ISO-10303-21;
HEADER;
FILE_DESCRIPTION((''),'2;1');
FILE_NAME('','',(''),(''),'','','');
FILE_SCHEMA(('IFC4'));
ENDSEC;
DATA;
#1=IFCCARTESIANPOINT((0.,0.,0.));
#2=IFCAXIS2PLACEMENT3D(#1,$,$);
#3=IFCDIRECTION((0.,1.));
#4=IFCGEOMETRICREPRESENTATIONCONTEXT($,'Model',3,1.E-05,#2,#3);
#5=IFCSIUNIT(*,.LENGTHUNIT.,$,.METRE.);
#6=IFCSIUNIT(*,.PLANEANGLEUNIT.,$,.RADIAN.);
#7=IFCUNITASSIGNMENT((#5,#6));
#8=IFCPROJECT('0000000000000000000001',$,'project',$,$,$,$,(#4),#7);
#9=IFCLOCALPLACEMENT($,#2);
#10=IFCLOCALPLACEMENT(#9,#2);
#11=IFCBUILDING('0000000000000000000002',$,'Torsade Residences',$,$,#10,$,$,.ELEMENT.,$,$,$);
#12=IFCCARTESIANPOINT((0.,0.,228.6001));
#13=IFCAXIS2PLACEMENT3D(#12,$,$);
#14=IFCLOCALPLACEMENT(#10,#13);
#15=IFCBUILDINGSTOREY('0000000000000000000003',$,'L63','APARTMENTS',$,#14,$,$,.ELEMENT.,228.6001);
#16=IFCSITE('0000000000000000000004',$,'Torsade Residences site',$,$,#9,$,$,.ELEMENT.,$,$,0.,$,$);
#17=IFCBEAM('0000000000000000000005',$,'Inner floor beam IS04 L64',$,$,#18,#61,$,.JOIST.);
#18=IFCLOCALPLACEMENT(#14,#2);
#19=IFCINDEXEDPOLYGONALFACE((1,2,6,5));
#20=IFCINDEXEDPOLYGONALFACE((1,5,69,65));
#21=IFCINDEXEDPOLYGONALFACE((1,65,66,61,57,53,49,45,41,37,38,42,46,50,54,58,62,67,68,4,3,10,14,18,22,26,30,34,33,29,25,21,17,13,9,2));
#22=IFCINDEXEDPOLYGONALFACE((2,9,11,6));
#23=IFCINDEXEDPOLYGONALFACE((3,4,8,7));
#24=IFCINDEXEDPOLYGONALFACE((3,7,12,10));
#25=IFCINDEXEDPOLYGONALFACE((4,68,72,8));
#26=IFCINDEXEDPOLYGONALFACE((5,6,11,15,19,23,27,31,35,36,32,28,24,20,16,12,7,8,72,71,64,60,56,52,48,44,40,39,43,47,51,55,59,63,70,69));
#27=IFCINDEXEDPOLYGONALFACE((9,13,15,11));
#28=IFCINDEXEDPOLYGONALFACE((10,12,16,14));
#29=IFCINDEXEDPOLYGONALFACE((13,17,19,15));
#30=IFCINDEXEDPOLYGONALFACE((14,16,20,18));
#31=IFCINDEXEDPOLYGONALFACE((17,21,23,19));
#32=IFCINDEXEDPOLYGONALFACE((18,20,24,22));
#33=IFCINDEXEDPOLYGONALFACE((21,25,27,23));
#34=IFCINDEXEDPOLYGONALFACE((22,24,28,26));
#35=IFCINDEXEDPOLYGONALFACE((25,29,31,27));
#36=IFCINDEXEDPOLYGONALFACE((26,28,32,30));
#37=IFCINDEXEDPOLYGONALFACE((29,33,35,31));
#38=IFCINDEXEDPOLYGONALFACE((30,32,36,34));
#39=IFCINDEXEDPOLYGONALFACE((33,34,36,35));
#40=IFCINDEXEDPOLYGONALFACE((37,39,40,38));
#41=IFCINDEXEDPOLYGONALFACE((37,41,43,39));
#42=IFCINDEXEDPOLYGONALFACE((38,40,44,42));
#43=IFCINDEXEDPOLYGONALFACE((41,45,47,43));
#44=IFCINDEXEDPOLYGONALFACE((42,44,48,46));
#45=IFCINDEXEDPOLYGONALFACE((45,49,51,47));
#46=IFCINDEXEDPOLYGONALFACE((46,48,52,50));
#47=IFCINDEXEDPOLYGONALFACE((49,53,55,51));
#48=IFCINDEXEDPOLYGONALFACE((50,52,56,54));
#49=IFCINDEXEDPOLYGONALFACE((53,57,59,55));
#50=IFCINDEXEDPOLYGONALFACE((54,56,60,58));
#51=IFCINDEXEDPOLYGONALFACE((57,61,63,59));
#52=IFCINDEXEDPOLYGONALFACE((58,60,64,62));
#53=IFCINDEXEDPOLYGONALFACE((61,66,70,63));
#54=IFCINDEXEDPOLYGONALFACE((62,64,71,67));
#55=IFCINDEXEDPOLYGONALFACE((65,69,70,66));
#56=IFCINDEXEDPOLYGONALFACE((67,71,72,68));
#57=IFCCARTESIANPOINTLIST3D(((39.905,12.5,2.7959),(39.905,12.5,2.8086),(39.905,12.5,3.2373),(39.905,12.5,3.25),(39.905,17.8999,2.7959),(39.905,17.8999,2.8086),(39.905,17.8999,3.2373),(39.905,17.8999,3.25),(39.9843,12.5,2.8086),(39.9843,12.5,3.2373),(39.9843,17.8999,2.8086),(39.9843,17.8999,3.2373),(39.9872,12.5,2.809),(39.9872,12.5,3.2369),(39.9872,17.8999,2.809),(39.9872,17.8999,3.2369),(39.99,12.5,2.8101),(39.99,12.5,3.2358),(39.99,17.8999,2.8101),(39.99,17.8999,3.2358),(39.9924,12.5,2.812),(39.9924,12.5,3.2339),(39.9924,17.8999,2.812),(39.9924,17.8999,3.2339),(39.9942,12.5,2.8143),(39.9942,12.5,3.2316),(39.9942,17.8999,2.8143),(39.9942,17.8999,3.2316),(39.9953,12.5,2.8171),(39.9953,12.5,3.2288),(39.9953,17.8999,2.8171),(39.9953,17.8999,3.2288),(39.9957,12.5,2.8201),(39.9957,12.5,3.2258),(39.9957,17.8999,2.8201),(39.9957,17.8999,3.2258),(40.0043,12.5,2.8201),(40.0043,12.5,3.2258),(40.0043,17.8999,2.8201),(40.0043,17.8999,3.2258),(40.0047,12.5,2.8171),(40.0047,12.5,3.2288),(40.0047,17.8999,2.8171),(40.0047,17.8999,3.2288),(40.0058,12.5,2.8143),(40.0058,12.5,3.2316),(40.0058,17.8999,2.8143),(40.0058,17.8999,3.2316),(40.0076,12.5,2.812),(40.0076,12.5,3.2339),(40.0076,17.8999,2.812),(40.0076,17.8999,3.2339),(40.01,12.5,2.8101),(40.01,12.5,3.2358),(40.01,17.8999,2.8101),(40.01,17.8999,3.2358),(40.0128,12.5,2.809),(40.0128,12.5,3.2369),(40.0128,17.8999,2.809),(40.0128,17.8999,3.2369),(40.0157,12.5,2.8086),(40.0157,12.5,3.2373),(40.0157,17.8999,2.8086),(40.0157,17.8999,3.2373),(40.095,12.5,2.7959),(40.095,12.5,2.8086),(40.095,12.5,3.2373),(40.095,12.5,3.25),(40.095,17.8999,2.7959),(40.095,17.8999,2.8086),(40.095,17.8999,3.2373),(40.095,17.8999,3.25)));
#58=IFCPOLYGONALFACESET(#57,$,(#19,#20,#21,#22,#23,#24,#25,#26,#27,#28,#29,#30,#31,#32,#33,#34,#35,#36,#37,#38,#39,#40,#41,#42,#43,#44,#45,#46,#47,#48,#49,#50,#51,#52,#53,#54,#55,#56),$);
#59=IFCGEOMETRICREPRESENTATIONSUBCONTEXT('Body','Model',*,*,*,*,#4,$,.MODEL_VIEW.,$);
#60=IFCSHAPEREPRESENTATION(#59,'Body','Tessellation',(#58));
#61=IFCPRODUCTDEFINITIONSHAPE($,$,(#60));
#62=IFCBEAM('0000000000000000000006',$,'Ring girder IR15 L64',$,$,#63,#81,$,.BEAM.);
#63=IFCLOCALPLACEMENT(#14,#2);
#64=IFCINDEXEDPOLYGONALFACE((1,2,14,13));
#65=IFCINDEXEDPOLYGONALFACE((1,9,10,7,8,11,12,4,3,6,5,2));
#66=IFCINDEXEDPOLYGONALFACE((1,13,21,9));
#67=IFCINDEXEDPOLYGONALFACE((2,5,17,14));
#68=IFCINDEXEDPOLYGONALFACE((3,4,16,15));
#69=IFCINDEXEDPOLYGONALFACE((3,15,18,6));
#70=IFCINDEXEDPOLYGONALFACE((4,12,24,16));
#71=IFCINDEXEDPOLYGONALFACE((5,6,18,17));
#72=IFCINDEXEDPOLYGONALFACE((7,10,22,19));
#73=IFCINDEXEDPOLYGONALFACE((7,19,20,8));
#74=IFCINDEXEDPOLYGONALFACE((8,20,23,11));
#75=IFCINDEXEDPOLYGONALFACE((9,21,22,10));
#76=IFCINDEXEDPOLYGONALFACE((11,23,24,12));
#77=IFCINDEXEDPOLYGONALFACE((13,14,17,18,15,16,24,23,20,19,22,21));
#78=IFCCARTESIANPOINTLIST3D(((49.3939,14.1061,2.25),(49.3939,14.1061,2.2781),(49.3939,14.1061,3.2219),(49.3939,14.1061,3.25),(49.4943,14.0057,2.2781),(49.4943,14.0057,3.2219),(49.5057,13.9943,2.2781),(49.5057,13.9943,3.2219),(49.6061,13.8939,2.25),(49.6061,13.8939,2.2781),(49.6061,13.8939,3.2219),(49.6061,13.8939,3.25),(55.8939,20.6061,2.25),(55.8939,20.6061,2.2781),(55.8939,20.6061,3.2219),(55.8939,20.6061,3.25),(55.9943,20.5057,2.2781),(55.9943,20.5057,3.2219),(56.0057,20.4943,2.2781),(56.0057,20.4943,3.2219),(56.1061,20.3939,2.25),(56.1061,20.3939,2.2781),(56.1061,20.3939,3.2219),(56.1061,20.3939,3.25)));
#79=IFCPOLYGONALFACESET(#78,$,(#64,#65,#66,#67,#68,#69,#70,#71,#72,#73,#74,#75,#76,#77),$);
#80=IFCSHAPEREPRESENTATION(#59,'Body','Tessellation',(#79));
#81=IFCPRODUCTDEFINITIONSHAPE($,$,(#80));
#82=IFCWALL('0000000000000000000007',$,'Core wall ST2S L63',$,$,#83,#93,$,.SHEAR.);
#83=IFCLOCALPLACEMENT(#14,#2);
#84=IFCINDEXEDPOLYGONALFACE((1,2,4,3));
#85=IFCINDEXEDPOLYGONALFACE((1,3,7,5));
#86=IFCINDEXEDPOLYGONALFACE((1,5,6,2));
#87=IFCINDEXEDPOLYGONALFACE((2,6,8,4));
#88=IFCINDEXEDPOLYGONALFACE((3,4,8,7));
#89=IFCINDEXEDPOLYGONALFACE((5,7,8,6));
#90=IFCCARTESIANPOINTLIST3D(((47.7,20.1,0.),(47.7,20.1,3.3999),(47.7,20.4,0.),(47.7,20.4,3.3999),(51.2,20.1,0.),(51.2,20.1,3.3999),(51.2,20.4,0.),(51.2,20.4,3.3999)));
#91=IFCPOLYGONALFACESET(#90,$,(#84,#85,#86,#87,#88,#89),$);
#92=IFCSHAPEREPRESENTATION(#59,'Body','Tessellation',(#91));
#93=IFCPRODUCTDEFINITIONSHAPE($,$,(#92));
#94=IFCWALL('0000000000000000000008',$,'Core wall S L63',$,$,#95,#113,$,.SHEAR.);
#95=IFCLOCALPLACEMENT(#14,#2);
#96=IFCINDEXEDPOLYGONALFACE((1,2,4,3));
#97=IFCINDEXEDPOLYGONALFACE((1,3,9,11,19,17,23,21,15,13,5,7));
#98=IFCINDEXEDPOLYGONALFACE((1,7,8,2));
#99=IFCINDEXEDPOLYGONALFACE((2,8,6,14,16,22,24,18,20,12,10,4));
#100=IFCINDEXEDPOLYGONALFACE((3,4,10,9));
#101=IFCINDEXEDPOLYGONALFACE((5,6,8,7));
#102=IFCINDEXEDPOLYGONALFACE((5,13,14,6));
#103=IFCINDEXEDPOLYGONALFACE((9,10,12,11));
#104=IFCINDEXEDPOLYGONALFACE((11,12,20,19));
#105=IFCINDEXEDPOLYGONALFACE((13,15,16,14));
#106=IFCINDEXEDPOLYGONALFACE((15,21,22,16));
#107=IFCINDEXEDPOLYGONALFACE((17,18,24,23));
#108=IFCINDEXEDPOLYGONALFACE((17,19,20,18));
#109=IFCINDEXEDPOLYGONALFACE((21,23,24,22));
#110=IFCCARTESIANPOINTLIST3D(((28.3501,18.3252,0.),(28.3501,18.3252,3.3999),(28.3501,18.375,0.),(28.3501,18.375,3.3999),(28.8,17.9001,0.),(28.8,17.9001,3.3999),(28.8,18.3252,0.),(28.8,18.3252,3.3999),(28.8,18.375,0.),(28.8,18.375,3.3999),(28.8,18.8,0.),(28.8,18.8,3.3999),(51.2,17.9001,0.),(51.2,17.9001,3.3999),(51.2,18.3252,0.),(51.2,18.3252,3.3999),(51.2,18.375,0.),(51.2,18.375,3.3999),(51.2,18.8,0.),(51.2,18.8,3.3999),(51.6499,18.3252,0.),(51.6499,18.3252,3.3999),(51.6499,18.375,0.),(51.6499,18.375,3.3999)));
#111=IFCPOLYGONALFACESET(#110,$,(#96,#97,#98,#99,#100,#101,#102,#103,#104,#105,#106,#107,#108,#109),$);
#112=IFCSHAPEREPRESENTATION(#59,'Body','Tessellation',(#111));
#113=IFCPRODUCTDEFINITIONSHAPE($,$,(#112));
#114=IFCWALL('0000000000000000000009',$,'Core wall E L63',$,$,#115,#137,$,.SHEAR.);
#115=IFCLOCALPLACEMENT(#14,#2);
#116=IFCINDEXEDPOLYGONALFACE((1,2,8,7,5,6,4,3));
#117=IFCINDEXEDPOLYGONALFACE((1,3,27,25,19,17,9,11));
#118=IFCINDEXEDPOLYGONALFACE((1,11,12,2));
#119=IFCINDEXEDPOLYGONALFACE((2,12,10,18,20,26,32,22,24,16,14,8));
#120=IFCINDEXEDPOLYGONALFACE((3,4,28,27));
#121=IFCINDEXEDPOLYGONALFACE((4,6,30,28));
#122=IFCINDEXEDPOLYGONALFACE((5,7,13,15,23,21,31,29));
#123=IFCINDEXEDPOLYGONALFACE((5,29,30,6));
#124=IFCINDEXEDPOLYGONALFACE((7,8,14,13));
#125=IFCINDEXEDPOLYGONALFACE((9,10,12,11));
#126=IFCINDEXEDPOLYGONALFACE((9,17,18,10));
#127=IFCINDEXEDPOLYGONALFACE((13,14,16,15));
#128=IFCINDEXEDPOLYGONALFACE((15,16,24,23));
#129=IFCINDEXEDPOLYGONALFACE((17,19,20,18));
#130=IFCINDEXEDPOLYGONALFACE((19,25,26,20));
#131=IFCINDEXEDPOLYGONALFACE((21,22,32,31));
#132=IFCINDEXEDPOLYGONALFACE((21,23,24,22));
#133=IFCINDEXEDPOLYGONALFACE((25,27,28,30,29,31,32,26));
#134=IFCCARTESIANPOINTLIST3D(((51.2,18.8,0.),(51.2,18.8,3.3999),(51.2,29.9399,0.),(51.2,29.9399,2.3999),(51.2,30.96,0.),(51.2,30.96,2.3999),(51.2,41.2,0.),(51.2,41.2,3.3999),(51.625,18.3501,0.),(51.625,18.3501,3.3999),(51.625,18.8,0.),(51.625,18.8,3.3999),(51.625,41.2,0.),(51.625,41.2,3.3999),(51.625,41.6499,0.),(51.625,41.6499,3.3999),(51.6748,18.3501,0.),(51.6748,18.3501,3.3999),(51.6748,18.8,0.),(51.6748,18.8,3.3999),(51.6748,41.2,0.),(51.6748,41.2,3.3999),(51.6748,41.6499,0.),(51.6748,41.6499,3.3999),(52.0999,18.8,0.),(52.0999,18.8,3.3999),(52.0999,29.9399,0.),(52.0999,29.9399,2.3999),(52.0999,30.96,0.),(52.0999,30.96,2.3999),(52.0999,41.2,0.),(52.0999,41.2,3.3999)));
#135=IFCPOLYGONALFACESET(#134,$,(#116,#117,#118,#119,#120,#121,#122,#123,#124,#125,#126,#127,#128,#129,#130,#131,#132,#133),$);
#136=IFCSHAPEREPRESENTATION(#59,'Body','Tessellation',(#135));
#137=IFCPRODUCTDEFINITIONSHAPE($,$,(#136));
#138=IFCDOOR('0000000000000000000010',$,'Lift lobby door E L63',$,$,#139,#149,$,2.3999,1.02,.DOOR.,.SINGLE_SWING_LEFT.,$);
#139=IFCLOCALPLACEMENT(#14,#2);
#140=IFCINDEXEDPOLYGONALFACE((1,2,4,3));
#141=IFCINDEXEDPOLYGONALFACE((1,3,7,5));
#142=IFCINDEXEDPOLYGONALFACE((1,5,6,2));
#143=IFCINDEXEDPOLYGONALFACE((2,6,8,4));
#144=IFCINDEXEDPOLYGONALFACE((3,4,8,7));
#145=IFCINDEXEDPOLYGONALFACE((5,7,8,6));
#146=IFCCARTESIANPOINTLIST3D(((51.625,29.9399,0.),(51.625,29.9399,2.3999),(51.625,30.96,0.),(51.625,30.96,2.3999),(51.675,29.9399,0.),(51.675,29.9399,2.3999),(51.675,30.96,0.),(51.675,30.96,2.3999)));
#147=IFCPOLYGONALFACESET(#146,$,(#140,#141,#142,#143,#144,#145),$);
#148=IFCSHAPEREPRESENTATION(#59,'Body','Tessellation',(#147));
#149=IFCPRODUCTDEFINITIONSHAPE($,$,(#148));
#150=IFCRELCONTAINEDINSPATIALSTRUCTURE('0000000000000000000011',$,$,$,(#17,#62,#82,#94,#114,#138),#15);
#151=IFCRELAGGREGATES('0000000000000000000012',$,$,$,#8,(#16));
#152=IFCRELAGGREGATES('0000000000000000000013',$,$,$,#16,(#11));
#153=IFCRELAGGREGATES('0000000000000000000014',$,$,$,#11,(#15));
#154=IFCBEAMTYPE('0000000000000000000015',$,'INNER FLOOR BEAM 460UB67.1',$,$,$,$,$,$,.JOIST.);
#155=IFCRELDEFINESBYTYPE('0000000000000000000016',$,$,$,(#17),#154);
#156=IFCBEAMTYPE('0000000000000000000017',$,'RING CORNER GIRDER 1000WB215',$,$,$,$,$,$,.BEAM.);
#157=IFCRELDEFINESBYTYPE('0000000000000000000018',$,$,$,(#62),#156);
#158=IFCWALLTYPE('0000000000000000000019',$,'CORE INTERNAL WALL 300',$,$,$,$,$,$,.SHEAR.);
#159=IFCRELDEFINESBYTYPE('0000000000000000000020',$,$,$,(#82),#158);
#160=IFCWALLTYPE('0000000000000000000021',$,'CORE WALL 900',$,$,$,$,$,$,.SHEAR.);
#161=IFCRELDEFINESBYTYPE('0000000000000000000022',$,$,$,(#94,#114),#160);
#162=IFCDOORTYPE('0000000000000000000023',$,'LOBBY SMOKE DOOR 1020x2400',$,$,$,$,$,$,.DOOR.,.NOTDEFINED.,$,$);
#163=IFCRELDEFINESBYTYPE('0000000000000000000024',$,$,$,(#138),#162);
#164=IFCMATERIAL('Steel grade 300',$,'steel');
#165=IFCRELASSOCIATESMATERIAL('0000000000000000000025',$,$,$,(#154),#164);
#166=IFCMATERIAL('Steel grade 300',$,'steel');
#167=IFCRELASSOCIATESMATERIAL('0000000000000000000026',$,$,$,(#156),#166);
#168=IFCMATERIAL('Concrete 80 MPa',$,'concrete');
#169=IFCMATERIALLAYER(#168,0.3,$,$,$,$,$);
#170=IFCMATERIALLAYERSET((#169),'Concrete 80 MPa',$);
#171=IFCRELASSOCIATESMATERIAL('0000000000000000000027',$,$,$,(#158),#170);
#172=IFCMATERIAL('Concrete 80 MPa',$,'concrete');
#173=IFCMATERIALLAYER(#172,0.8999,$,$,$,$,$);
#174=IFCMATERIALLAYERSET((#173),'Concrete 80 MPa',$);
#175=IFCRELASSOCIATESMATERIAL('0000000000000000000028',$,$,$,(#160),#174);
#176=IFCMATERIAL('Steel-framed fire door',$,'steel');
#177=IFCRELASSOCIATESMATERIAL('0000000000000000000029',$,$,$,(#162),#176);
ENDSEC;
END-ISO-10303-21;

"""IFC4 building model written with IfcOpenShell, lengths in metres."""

from ifc_helpers import new_model, si_unit, direction, frame, frame_2d, origin, origin_2d, place, context, subcontext, project, spatial, polyline, rectangle, i_section, outline, extrude, material, layer, layer_set, material_profile, profile_set, type_object, element, fill, save


model = new_model("IFC4")

# Units and contexts
model_context = context("Model", 3, precision=1e-05, world=origin(), true_north=direction((0.0, 1.0)))
body_context = subcontext(model_context, "Body", "Model", "MODEL_VIEW")
ifc_project = project(units=[si_unit("LENGTHUNIT", "METRE"), si_unit("PLANEANGLEUNIT", "RADIAN")], contexts=[model_context])

# Site, building, storey
site_placement = place(None, origin())
site = spatial("IfcSite", under=ifc_project, at=site_placement, Name="Torsade Residences site", CompositionType="ELEMENT", RefElevation=0.0)
building_placement = place(site_placement, origin())
building = spatial("IfcBuilding", under=site, at=building_placement, Name="Torsade Residences", CompositionType="ELEMENT")
storey_placement = place(building_placement, frame((0.0, 0.0, 228.6001)))
storey = spatial("IfcBuildingStorey", under=building, at=storey_placement, Name="L63", Description="APARTMENTS", CompositionType="ELEMENT", Elevation=228.6001)

# Beams
ifc_material_1 = material(Name="Steel grade 300", Category="steel")
ifc_material_profile_1 = material_profile(ifc_material_1, i_section(OverallWidth=0.1899, OverallDepth=0.4541, WebThickness=0.0085, FlangeThickness=0.0127, FilletRadius=0.0115, at=origin_2d()), Name="460UB67.1")
ifc_profile_set_1 = profile_set([ifc_material_profile_1], Name="Steel grade 300")
beam_type_1 = type_object("IfcBeamType", Name="INNER FLOOR BEAM 460UB67.1", PredefinedType="JOIST", material=ifc_profile_set_1)
for number, where, z_axis, x_axis, name in (
    (1, (40.0, 17.8999, 3.0229), (0.0, -1.0, 0.0), (1.0, 0.0, 0.0), "Inner floor beam IS04 L64"),
):
    element("IfcBeam", number, at=place(storey_placement, frame(where, z_axis=z_axis, x_axis=x_axis)), inside=storey, type_object=beam_type_1, Name=name, PredefinedType="JOIST", context=body_context, shape_type="SweptSolid", body=[
        extrude(i_section(OverallWidth=0.1899, OverallDepth=0.4541, WebThickness=0.0085, FlangeThickness=0.0127, FilletRadius=0.0115, at=origin_2d()), origin(), (0.0, 0.0, 1.0), 5.3999),
    ])
ifc_material_2 = material(Name="Steel grade 300", Category="steel")
ifc_material_profile_2 = material_profile(ifc_material_2, i_section(OverallWidth=0.3, OverallDepth=1.0, WebThickness=0.0161, FlangeThickness=0.0281, at=origin_2d()), Name="1000WB215")
ifc_profile_set_2 = profile_set([ifc_material_profile_2], Name="Steel grade 300")
beam_type_2 = type_object("IfcBeamType", Name="RING CORNER GIRDER 1000WB215", PredefinedType="BEAM", material=ifc_profile_set_2)
beam_1_placement = place(storey_placement, frame((49.5, 14.0, 2.75), z_axis=(0.707107, 0.707107, 0.0), x_axis=(-0.707107, 0.707107, 0.0)))
element("IfcBeam", 2, at=beam_1_placement, inside=storey, type_object=beam_type_2, Name="Ring girder IR15 L64", PredefinedType="BEAM", context=body_context, shape_type="SweptSolid", body=[
    extrude(i_section(OverallWidth=0.3, OverallDepth=1.0, WebThickness=0.0161, FlangeThickness=0.0281, at=origin_2d()), origin(), (0.0, 0.0, 1.0), 9.1924),
])

# Walls
ifc_material_3 = material(Name="Concrete 80 MPa", Category="concrete")
ifc_layer_1 = layer(ifc_material_3, 0.3)
ifc_layer_set_1 = layer_set([ifc_layer_1], Name="Concrete 80 MPa")
wall_type_1 = type_object("IfcWallType", Name="CORE INTERNAL WALL 300", PredefinedType="SHEAR", material=ifc_layer_set_1)
wall_1_placement = place(storey_placement, frame((51.2, 20.25, 0.0), z_axis=(0.0, 0.0, 1.0), x_axis=(-1.0, 0.0, 0.0)))
element("IfcWall", 3, at=wall_1_placement, inside=storey, type_object=wall_type_1, Name="Core wall ST2S L63", PredefinedType="SHEAR", context=body_context, shape_type="SweptSolid", body=[
    extrude(rectangle(XDim=3.5, YDim=0.3, at=frame_2d((1.75, 0.0))), origin(), (0.0, 0.0, 1.0), 3.3999),
])
ifc_material_4 = material(Name="Concrete 80 MPa", Category="concrete")
ifc_layer_2 = layer(ifc_material_4, 0.8999)
ifc_layer_set_2 = layer_set([ifc_layer_2], Name="Concrete 80 MPa")
wall_type_2 = type_object("IfcWallType", Name="CORE WALL 900", PredefinedType="SHEAR", material=ifc_layer_set_2)
wall_2_placement = place(storey_placement, frame((51.2, 18.3501, 0.0), z_axis=(0.0, 0.0, 1.0), x_axis=(-1.0, 0.0, 0.0)))
element("IfcWall", 4, at=wall_2_placement, inside=storey, type_object=wall_type_2, Name="Core wall S L63", PredefinedType="SHEAR", context=body_context, shape_type="SweptSolid", body=[
    extrude(outline(polyline([(0.0, -0.45), (22.3999, -0.45), (22.3999, -0.0249), (22.8499, -0.0249), (22.8499, 0.0249), (22.3999, 0.0249), (22.3999, 0.45), (0.0, 0.45), (0.0, 0.0249), (-0.45, 0.0249), (-0.45, -0.0249), (0.0, -0.0249), (0.0, -0.45)])), origin(), (0.0, 0.0, 1.0), 3.3999),
])

# Wall, opening, door
wall_3_placement = place(storey_placement, frame((51.6499, 18.8, 0.0), z_axis=(0.0, 0.0, 1.0), x_axis=(0.0, 1.0, 0.0)))
wall_3 = element("IfcWall", 5, at=wall_3_placement, inside=storey, type_object=wall_type_2, Name="Core wall E L63", PredefinedType="SHEAR", context=body_context, shape_type="SweptSolid", body=[
    extrude(outline(polyline([(0.0, -0.45), (22.3999, -0.45), (22.3999, -0.0249), (22.8499, -0.0249), (22.8499, 0.0249), (22.3999, 0.0249), (22.3999, 0.45), (0.0, 0.45), (0.0, 0.0249), (-0.45, 0.0249), (-0.45, -0.0249), (0.0, -0.0249), (0.0, -0.45)])), origin(), (0.0, 0.0, 1.0), 3.3999),
])
opening_1_placement = place(wall_3_placement, frame((11.1399, 0.0, 0.0)))
opening_1 = element("IfcOpeningElement", 6, at=opening_1_placement, cuts=wall_3, PredefinedType="OPENING", context=body_context, shape_type="SweptSolid", body=[
    extrude(rectangle(XDim=1.02, YDim=2.3999, at=frame_2d((0.51, 1.2))), frame((0.0, 0.46, 0.0), z_axis=(0.0, -1.0, 0.0), x_axis=(1.0, 0.0, 0.0)), (0.0, 0.0, 1.0), 0.9199),
])
ifc_material_5 = material(Name="Steel-framed fire door", Category="steel")
door_type_1 = type_object("IfcDoorType", Name="LOBBY SMOKE DOOR 1020x2400", OperationType="NOTDEFINED", PredefinedType="DOOR", material=ifc_material_5)
door_1_placement = place(opening_1_placement, origin())
door_1 = element("IfcDoor", 7, at=door_1_placement, inside=storey, type_object=door_type_1, Name="Lift lobby door E L63", OperationType="SINGLE_SWING_LEFT", OverallHeight=2.3999, OverallWidth=1.02, PredefinedType="DOOR", context=body_context, shape_type="SweptSolid", body=[
    extrude(rectangle(XDim=1.02, YDim=2.3999, at=frame_2d((0.51, 1.2))), frame((0.0, 0.0249, 0.0), z_axis=(0.0, -1.0, 0.0), x_axis=(1.0, 0.0, 0.0)), (0.0, 0.0, 1.0), 0.05),
])
fill(opening_1, door_1)

save(model, "model.ifc")
